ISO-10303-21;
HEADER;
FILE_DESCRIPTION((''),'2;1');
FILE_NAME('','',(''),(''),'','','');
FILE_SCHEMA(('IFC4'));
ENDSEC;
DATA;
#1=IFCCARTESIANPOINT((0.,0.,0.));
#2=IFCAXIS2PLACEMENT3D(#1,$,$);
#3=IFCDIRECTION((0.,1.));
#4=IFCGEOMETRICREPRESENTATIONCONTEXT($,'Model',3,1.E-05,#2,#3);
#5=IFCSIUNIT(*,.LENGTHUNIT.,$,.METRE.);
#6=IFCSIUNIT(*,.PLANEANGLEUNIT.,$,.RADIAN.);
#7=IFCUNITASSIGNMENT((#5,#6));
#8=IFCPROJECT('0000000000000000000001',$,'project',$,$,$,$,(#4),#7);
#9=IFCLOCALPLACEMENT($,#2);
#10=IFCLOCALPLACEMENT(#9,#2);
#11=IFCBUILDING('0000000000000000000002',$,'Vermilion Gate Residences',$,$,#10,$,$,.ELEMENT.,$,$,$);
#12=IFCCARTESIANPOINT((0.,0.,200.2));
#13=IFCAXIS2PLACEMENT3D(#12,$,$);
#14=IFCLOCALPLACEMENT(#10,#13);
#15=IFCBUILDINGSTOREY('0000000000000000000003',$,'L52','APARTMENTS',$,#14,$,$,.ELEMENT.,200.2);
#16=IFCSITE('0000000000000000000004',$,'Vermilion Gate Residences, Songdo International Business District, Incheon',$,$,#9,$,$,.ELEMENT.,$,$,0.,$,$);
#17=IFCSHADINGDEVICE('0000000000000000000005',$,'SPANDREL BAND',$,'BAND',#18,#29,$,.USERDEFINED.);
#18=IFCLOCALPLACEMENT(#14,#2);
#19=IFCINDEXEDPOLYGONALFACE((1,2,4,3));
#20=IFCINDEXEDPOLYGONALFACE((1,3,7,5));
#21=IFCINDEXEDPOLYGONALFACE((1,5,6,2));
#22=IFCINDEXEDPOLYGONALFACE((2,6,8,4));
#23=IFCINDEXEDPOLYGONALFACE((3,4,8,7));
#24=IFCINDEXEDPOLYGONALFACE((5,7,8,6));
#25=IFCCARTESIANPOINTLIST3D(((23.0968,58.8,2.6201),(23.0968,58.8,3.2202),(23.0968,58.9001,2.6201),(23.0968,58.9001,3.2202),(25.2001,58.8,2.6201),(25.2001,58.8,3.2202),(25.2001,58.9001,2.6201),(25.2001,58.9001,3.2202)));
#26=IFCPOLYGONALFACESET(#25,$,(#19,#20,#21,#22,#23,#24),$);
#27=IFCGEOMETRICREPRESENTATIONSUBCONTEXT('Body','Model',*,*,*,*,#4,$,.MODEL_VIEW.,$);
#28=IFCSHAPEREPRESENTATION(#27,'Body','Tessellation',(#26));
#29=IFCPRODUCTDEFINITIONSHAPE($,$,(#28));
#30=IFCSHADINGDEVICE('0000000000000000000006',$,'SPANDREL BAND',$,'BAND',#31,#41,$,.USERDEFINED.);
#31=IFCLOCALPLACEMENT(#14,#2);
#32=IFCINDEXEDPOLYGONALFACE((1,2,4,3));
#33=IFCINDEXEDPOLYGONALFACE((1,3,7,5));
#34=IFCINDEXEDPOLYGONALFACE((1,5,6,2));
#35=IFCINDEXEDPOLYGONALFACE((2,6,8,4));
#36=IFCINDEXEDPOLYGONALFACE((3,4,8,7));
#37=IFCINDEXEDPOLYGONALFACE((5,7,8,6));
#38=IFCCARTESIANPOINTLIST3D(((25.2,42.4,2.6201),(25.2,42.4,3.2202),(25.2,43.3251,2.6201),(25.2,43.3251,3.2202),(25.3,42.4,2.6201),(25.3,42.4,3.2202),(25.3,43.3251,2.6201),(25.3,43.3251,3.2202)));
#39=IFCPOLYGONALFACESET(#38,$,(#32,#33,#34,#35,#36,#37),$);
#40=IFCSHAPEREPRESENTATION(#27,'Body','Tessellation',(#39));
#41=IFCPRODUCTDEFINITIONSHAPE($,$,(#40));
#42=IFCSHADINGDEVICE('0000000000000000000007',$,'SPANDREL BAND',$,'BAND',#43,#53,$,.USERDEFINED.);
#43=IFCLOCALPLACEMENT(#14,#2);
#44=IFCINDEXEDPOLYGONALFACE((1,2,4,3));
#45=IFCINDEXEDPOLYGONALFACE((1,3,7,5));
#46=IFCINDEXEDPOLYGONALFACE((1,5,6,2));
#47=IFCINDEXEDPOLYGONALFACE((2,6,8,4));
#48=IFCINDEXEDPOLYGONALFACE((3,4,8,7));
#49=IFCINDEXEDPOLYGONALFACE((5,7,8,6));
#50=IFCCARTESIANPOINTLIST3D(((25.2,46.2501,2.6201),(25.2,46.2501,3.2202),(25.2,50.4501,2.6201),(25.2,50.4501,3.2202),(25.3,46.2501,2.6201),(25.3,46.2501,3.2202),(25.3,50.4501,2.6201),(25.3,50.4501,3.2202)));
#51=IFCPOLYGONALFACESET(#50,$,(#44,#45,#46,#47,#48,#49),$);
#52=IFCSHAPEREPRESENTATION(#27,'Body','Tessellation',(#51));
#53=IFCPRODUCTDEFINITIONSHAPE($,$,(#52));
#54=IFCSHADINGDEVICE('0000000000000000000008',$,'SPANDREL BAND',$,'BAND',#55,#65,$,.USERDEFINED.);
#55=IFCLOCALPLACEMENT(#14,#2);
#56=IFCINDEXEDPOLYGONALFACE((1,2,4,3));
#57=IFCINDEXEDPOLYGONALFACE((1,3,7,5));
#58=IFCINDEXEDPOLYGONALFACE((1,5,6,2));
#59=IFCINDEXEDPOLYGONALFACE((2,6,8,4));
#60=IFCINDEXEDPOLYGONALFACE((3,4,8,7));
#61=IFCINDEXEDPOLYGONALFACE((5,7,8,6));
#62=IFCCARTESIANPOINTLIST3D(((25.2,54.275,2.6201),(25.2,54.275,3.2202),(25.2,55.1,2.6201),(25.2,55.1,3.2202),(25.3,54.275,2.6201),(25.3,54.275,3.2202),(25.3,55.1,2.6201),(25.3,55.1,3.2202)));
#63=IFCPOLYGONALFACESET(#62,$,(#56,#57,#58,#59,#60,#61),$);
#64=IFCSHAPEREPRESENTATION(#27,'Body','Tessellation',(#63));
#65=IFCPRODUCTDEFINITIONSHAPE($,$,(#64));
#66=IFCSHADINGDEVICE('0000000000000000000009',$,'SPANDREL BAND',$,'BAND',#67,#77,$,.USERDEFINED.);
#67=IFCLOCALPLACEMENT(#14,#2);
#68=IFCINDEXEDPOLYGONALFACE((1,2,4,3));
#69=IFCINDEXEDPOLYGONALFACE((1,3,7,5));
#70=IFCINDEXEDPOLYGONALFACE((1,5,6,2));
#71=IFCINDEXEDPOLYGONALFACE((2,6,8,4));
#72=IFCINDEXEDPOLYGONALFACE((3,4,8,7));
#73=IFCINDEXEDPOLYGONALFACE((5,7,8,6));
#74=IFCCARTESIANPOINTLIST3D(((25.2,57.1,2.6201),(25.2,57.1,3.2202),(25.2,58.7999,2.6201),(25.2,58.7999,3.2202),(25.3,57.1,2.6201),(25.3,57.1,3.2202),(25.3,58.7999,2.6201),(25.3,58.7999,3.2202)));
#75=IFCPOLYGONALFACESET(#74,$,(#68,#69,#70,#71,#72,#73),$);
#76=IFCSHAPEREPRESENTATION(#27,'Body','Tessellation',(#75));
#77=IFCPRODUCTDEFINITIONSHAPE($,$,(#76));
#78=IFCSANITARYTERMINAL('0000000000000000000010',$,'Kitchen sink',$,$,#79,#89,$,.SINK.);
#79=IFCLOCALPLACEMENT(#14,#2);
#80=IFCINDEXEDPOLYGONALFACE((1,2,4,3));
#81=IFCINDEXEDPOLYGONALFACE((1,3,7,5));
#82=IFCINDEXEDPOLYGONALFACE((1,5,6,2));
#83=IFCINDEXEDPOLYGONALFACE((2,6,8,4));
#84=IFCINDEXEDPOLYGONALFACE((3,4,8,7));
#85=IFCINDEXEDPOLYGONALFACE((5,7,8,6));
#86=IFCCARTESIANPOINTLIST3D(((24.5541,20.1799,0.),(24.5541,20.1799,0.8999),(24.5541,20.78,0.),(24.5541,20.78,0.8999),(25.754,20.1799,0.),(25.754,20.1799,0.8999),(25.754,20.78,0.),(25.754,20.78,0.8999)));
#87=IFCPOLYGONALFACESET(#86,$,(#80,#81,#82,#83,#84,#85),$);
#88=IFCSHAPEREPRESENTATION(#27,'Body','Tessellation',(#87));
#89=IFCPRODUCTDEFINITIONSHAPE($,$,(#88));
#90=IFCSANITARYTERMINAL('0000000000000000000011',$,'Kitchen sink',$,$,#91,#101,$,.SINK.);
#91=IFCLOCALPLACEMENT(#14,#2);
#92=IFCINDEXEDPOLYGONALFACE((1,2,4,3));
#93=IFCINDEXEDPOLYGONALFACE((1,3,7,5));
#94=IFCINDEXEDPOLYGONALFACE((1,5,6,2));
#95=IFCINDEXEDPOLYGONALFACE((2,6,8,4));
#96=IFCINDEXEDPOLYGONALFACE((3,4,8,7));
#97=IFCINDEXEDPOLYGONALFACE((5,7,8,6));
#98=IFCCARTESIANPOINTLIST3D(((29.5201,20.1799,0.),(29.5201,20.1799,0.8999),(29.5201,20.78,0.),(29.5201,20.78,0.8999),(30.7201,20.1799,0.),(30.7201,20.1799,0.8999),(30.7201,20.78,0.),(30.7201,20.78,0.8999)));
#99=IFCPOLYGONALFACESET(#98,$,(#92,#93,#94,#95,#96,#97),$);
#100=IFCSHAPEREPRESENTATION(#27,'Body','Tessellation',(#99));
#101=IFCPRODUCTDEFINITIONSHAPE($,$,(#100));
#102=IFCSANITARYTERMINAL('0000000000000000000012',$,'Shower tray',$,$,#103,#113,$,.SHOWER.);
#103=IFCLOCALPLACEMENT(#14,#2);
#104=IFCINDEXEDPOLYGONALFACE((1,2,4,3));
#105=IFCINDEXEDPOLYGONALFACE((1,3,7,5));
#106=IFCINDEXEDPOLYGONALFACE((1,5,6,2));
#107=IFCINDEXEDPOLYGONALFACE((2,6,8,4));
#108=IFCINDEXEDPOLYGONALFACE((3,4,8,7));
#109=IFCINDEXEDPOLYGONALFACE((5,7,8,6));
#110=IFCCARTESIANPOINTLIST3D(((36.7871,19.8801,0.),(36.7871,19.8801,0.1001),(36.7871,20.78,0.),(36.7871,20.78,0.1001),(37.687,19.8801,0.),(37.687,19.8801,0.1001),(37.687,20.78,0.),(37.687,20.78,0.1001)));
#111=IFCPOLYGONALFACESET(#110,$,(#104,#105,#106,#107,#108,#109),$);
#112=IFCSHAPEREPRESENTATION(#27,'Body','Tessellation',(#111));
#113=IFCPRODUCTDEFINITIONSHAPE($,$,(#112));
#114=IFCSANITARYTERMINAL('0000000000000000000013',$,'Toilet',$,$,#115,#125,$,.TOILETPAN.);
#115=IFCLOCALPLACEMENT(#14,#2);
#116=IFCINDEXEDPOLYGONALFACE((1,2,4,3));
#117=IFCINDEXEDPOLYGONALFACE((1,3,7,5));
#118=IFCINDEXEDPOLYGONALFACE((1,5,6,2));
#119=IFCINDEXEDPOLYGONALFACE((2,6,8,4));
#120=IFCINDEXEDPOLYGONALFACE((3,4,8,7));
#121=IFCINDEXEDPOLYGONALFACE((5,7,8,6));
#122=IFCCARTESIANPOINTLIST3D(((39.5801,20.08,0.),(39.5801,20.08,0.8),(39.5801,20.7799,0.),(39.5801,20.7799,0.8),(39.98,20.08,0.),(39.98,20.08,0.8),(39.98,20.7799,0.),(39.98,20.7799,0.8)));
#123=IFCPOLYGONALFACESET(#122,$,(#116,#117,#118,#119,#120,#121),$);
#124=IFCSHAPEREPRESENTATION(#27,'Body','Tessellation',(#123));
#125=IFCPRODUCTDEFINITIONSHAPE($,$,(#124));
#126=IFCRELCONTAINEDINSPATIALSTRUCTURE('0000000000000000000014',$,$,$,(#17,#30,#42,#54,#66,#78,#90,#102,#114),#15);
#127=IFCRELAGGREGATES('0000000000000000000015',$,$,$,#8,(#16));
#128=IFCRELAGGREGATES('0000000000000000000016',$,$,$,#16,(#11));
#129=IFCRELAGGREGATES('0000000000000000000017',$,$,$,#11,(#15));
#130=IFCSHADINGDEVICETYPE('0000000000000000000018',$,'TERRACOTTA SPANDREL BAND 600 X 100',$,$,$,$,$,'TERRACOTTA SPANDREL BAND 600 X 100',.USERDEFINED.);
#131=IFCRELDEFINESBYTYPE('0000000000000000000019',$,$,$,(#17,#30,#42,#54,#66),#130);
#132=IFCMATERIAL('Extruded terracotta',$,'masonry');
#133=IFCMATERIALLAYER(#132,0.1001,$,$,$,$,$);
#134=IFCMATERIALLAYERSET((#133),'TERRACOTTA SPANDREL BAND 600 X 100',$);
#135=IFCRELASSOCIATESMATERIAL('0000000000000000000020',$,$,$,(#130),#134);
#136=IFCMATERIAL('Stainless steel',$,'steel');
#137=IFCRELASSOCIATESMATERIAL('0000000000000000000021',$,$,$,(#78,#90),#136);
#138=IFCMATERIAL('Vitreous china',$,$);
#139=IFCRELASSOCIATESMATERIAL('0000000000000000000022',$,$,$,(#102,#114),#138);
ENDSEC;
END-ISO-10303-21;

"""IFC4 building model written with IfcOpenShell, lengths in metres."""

from ifc_helpers import new_model, si_unit, direction, frame, origin, origin_2d, place, context, subcontext, project, spatial, rectangle, extrude, material, layer, layer_set, type_object, element, save


model = new_model("IFC4")

# Units and contexts
model_context = context("Model", 3, precision=1e-05, world=origin(), true_north=direction((0.0, 1.0)))
body_context = subcontext(model_context, "Body", "Model", "MODEL_VIEW")
ifc_project = project(units=[si_unit("LENGTHUNIT", "METRE"), si_unit("PLANEANGLEUNIT", "RADIAN")], contexts=[model_context])

# Site, building, storey
site_placement = place(None, origin())
site = spatial("IfcSite", under=ifc_project, at=site_placement, Name="Vermilion Gate Residences, Songdo International Business District, Incheon", CompositionType="ELEMENT", RefElevation=0.0)
building_placement = place(site_placement, origin())
building = spatial("IfcBuilding", under=site, at=building_placement, Name="Vermilion Gate Residences", CompositionType="ELEMENT")
storey_placement = place(building_placement, frame((0.0, 0.0, 200.2)))
storey = spatial("IfcBuildingStorey", under=building, at=storey_placement, Name="L52", Description="APARTMENTS", CompositionType="ELEMENT", Elevation=200.2)

# Shading devices
ifc_material_1 = material(Name="Extruded terracotta", Category="masonry")
ifc_layer_1 = layer(ifc_material_1, 0.1001)
ifc_layer_set_1 = layer_set([ifc_layer_1], Name="TERRACOTTA SPANDREL BAND 600 X 100")
shading_device_type_1 = type_object("IfcShadingDeviceType", Name="TERRACOTTA SPANDREL BAND 600 X 100", ElementType="TERRACOTTA SPANDREL BAND 600 X 100", PredefinedType="USERDEFINED", material=ifc_layer_set_1)
shading_device_1_placement = place(storey_placement, frame((24.1484, 58.8501, 2.6201), z_axis=(0.0, 0.0, 1.0), x_axis=(1.0, 0.0, 0.0)))
element("IfcShadingDevice", 1, at=shading_device_1_placement, inside=storey, type_object=shading_device_type_1, Name="SPANDREL BAND", ObjectType="BAND", PredefinedType="USERDEFINED", context=body_context, shape_type="SweptSolid", body=[
    extrude(rectangle(XDim=2.1033, YDim=0.1001, at=origin_2d()), origin(), (0.0, 0.0, 1.0), 0.6001),
])
shading_device_2_placement = place(storey_placement, frame((25.25, 42.8625, 2.6201), z_axis=(0.0, 0.0, 1.0), x_axis=(0.0, 1.0, 0.0)))
element("IfcShadingDevice", 2, at=shading_device_2_placement, inside=storey, type_object=shading_device_type_1, Name="SPANDREL BAND", ObjectType="BAND", PredefinedType="USERDEFINED", context=body_context, shape_type="SweptSolid", body=[
    extrude(rectangle(XDim=0.925, YDim=0.1001, at=origin_2d()), origin(), (0.0, 0.0, 1.0), 0.6001),
])
shading_device_3_placement = place(storey_placement, frame((25.25, 48.3501, 2.6201), z_axis=(0.0, 0.0, 1.0), x_axis=(0.0, 1.0, 0.0)))
element("IfcShadingDevice", 3, at=shading_device_3_placement, inside=storey, type_object=shading_device_type_1, Name="SPANDREL BAND", ObjectType="BAND", PredefinedType="USERDEFINED", context=body_context, shape_type="SweptSolid", body=[
    extrude(rectangle(XDim=4.2, YDim=0.1001, at=origin_2d()), origin(), (0.0, 0.0, 1.0), 0.6001),
])
shading_device_4_placement = place(storey_placement, frame((25.25, 54.6875, 2.6201), z_axis=(0.0, 0.0, 1.0), x_axis=(0.0, 1.0, 0.0)))
element("IfcShadingDevice", 4, at=shading_device_4_placement, inside=storey, type_object=shading_device_type_1, Name="SPANDREL BAND", ObjectType="BAND", PredefinedType="USERDEFINED", context=body_context, shape_type="SweptSolid", body=[
    extrude(rectangle(XDim=0.825, YDim=0.1001, at=origin_2d()), origin(), (0.0, 0.0, 1.0), 0.6001),
])
shading_device_5_placement = place(storey_placement, frame((25.25, 57.95, 2.6201), z_axis=(0.0, 0.0, 1.0), x_axis=(0.0, 1.0, 0.0)))
element("IfcShadingDevice", 5, at=shading_device_5_placement, inside=storey, type_object=shading_device_type_1, Name="SPANDREL BAND", ObjectType="BAND", PredefinedType="USERDEFINED", context=body_context, shape_type="SweptSolid", body=[
    extrude(rectangle(XDim=1.7, YDim=0.1001, at=origin_2d()), origin(), (0.0, 0.0, 1.0), 0.6001),
])

# Sanitary terminals
ifc_material_2 = material(Name="Stainless steel", Category="steel")
for number, where, z_axis, x_axis, name in (
    (6, (25.1541, 20.48, 0.0), (0.0, 0.0, 1.0), (1.0, 0.0, 0.0), "Kitchen sink"),
    (7, (30.1201, 20.48, 0.0), (0.0, 0.0, 1.0), (1.0, 0.0, 0.0), "Kitchen sink"),
):
    element("IfcSanitaryTerminal", number, at=place(storey_placement, frame(where, z_axis=z_axis, x_axis=x_axis)), inside=storey, material=ifc_material_2, Name=name, PredefinedType="SINK", context=body_context, shape_type="SweptSolid", body=[
        extrude(rectangle(XDim=1.2, YDim=0.6001, at=origin_2d()), origin(), (0.0, 0.0, 1.0), 0.8999),
    ])
ifc_material_3 = material(Name="Vitreous china")
sanitary_terminal_1_placement = place(storey_placement, frame((37.2371, 20.3301, 0.0), z_axis=(0.0, 0.0, 1.0), x_axis=(1.0, 0.0, 0.0)))
element("IfcSanitaryTerminal", 8, at=sanitary_terminal_1_placement, inside=storey, material=ifc_material_3, Name="Shower tray", PredefinedType="SHOWER", context=body_context, shape_type="SweptSolid", body=[
    extrude(rectangle(XDim=0.8999, YDim=0.8999, at=origin_2d()), origin(), (0.0, 0.0, 1.0), 0.1001),
])
sanitary_terminal_2_placement = place(storey_placement, frame((39.78, 20.4299, 0.0), z_axis=(0.0, 0.0, 1.0), x_axis=(1.0, 0.0, 0.0)))
element("IfcSanitaryTerminal", 9, at=sanitary_terminal_2_placement, inside=storey, material=ifc_material_3, Name="Toilet", PredefinedType="TOILETPAN", context=body_context, shape_type="SweptSolid", body=[
    extrude(rectangle(XDim=0.3999, YDim=0.7, at=origin_2d()), origin(), (0.0, 0.0, 1.0), 0.8),
])

save(model, "model.ifc")
